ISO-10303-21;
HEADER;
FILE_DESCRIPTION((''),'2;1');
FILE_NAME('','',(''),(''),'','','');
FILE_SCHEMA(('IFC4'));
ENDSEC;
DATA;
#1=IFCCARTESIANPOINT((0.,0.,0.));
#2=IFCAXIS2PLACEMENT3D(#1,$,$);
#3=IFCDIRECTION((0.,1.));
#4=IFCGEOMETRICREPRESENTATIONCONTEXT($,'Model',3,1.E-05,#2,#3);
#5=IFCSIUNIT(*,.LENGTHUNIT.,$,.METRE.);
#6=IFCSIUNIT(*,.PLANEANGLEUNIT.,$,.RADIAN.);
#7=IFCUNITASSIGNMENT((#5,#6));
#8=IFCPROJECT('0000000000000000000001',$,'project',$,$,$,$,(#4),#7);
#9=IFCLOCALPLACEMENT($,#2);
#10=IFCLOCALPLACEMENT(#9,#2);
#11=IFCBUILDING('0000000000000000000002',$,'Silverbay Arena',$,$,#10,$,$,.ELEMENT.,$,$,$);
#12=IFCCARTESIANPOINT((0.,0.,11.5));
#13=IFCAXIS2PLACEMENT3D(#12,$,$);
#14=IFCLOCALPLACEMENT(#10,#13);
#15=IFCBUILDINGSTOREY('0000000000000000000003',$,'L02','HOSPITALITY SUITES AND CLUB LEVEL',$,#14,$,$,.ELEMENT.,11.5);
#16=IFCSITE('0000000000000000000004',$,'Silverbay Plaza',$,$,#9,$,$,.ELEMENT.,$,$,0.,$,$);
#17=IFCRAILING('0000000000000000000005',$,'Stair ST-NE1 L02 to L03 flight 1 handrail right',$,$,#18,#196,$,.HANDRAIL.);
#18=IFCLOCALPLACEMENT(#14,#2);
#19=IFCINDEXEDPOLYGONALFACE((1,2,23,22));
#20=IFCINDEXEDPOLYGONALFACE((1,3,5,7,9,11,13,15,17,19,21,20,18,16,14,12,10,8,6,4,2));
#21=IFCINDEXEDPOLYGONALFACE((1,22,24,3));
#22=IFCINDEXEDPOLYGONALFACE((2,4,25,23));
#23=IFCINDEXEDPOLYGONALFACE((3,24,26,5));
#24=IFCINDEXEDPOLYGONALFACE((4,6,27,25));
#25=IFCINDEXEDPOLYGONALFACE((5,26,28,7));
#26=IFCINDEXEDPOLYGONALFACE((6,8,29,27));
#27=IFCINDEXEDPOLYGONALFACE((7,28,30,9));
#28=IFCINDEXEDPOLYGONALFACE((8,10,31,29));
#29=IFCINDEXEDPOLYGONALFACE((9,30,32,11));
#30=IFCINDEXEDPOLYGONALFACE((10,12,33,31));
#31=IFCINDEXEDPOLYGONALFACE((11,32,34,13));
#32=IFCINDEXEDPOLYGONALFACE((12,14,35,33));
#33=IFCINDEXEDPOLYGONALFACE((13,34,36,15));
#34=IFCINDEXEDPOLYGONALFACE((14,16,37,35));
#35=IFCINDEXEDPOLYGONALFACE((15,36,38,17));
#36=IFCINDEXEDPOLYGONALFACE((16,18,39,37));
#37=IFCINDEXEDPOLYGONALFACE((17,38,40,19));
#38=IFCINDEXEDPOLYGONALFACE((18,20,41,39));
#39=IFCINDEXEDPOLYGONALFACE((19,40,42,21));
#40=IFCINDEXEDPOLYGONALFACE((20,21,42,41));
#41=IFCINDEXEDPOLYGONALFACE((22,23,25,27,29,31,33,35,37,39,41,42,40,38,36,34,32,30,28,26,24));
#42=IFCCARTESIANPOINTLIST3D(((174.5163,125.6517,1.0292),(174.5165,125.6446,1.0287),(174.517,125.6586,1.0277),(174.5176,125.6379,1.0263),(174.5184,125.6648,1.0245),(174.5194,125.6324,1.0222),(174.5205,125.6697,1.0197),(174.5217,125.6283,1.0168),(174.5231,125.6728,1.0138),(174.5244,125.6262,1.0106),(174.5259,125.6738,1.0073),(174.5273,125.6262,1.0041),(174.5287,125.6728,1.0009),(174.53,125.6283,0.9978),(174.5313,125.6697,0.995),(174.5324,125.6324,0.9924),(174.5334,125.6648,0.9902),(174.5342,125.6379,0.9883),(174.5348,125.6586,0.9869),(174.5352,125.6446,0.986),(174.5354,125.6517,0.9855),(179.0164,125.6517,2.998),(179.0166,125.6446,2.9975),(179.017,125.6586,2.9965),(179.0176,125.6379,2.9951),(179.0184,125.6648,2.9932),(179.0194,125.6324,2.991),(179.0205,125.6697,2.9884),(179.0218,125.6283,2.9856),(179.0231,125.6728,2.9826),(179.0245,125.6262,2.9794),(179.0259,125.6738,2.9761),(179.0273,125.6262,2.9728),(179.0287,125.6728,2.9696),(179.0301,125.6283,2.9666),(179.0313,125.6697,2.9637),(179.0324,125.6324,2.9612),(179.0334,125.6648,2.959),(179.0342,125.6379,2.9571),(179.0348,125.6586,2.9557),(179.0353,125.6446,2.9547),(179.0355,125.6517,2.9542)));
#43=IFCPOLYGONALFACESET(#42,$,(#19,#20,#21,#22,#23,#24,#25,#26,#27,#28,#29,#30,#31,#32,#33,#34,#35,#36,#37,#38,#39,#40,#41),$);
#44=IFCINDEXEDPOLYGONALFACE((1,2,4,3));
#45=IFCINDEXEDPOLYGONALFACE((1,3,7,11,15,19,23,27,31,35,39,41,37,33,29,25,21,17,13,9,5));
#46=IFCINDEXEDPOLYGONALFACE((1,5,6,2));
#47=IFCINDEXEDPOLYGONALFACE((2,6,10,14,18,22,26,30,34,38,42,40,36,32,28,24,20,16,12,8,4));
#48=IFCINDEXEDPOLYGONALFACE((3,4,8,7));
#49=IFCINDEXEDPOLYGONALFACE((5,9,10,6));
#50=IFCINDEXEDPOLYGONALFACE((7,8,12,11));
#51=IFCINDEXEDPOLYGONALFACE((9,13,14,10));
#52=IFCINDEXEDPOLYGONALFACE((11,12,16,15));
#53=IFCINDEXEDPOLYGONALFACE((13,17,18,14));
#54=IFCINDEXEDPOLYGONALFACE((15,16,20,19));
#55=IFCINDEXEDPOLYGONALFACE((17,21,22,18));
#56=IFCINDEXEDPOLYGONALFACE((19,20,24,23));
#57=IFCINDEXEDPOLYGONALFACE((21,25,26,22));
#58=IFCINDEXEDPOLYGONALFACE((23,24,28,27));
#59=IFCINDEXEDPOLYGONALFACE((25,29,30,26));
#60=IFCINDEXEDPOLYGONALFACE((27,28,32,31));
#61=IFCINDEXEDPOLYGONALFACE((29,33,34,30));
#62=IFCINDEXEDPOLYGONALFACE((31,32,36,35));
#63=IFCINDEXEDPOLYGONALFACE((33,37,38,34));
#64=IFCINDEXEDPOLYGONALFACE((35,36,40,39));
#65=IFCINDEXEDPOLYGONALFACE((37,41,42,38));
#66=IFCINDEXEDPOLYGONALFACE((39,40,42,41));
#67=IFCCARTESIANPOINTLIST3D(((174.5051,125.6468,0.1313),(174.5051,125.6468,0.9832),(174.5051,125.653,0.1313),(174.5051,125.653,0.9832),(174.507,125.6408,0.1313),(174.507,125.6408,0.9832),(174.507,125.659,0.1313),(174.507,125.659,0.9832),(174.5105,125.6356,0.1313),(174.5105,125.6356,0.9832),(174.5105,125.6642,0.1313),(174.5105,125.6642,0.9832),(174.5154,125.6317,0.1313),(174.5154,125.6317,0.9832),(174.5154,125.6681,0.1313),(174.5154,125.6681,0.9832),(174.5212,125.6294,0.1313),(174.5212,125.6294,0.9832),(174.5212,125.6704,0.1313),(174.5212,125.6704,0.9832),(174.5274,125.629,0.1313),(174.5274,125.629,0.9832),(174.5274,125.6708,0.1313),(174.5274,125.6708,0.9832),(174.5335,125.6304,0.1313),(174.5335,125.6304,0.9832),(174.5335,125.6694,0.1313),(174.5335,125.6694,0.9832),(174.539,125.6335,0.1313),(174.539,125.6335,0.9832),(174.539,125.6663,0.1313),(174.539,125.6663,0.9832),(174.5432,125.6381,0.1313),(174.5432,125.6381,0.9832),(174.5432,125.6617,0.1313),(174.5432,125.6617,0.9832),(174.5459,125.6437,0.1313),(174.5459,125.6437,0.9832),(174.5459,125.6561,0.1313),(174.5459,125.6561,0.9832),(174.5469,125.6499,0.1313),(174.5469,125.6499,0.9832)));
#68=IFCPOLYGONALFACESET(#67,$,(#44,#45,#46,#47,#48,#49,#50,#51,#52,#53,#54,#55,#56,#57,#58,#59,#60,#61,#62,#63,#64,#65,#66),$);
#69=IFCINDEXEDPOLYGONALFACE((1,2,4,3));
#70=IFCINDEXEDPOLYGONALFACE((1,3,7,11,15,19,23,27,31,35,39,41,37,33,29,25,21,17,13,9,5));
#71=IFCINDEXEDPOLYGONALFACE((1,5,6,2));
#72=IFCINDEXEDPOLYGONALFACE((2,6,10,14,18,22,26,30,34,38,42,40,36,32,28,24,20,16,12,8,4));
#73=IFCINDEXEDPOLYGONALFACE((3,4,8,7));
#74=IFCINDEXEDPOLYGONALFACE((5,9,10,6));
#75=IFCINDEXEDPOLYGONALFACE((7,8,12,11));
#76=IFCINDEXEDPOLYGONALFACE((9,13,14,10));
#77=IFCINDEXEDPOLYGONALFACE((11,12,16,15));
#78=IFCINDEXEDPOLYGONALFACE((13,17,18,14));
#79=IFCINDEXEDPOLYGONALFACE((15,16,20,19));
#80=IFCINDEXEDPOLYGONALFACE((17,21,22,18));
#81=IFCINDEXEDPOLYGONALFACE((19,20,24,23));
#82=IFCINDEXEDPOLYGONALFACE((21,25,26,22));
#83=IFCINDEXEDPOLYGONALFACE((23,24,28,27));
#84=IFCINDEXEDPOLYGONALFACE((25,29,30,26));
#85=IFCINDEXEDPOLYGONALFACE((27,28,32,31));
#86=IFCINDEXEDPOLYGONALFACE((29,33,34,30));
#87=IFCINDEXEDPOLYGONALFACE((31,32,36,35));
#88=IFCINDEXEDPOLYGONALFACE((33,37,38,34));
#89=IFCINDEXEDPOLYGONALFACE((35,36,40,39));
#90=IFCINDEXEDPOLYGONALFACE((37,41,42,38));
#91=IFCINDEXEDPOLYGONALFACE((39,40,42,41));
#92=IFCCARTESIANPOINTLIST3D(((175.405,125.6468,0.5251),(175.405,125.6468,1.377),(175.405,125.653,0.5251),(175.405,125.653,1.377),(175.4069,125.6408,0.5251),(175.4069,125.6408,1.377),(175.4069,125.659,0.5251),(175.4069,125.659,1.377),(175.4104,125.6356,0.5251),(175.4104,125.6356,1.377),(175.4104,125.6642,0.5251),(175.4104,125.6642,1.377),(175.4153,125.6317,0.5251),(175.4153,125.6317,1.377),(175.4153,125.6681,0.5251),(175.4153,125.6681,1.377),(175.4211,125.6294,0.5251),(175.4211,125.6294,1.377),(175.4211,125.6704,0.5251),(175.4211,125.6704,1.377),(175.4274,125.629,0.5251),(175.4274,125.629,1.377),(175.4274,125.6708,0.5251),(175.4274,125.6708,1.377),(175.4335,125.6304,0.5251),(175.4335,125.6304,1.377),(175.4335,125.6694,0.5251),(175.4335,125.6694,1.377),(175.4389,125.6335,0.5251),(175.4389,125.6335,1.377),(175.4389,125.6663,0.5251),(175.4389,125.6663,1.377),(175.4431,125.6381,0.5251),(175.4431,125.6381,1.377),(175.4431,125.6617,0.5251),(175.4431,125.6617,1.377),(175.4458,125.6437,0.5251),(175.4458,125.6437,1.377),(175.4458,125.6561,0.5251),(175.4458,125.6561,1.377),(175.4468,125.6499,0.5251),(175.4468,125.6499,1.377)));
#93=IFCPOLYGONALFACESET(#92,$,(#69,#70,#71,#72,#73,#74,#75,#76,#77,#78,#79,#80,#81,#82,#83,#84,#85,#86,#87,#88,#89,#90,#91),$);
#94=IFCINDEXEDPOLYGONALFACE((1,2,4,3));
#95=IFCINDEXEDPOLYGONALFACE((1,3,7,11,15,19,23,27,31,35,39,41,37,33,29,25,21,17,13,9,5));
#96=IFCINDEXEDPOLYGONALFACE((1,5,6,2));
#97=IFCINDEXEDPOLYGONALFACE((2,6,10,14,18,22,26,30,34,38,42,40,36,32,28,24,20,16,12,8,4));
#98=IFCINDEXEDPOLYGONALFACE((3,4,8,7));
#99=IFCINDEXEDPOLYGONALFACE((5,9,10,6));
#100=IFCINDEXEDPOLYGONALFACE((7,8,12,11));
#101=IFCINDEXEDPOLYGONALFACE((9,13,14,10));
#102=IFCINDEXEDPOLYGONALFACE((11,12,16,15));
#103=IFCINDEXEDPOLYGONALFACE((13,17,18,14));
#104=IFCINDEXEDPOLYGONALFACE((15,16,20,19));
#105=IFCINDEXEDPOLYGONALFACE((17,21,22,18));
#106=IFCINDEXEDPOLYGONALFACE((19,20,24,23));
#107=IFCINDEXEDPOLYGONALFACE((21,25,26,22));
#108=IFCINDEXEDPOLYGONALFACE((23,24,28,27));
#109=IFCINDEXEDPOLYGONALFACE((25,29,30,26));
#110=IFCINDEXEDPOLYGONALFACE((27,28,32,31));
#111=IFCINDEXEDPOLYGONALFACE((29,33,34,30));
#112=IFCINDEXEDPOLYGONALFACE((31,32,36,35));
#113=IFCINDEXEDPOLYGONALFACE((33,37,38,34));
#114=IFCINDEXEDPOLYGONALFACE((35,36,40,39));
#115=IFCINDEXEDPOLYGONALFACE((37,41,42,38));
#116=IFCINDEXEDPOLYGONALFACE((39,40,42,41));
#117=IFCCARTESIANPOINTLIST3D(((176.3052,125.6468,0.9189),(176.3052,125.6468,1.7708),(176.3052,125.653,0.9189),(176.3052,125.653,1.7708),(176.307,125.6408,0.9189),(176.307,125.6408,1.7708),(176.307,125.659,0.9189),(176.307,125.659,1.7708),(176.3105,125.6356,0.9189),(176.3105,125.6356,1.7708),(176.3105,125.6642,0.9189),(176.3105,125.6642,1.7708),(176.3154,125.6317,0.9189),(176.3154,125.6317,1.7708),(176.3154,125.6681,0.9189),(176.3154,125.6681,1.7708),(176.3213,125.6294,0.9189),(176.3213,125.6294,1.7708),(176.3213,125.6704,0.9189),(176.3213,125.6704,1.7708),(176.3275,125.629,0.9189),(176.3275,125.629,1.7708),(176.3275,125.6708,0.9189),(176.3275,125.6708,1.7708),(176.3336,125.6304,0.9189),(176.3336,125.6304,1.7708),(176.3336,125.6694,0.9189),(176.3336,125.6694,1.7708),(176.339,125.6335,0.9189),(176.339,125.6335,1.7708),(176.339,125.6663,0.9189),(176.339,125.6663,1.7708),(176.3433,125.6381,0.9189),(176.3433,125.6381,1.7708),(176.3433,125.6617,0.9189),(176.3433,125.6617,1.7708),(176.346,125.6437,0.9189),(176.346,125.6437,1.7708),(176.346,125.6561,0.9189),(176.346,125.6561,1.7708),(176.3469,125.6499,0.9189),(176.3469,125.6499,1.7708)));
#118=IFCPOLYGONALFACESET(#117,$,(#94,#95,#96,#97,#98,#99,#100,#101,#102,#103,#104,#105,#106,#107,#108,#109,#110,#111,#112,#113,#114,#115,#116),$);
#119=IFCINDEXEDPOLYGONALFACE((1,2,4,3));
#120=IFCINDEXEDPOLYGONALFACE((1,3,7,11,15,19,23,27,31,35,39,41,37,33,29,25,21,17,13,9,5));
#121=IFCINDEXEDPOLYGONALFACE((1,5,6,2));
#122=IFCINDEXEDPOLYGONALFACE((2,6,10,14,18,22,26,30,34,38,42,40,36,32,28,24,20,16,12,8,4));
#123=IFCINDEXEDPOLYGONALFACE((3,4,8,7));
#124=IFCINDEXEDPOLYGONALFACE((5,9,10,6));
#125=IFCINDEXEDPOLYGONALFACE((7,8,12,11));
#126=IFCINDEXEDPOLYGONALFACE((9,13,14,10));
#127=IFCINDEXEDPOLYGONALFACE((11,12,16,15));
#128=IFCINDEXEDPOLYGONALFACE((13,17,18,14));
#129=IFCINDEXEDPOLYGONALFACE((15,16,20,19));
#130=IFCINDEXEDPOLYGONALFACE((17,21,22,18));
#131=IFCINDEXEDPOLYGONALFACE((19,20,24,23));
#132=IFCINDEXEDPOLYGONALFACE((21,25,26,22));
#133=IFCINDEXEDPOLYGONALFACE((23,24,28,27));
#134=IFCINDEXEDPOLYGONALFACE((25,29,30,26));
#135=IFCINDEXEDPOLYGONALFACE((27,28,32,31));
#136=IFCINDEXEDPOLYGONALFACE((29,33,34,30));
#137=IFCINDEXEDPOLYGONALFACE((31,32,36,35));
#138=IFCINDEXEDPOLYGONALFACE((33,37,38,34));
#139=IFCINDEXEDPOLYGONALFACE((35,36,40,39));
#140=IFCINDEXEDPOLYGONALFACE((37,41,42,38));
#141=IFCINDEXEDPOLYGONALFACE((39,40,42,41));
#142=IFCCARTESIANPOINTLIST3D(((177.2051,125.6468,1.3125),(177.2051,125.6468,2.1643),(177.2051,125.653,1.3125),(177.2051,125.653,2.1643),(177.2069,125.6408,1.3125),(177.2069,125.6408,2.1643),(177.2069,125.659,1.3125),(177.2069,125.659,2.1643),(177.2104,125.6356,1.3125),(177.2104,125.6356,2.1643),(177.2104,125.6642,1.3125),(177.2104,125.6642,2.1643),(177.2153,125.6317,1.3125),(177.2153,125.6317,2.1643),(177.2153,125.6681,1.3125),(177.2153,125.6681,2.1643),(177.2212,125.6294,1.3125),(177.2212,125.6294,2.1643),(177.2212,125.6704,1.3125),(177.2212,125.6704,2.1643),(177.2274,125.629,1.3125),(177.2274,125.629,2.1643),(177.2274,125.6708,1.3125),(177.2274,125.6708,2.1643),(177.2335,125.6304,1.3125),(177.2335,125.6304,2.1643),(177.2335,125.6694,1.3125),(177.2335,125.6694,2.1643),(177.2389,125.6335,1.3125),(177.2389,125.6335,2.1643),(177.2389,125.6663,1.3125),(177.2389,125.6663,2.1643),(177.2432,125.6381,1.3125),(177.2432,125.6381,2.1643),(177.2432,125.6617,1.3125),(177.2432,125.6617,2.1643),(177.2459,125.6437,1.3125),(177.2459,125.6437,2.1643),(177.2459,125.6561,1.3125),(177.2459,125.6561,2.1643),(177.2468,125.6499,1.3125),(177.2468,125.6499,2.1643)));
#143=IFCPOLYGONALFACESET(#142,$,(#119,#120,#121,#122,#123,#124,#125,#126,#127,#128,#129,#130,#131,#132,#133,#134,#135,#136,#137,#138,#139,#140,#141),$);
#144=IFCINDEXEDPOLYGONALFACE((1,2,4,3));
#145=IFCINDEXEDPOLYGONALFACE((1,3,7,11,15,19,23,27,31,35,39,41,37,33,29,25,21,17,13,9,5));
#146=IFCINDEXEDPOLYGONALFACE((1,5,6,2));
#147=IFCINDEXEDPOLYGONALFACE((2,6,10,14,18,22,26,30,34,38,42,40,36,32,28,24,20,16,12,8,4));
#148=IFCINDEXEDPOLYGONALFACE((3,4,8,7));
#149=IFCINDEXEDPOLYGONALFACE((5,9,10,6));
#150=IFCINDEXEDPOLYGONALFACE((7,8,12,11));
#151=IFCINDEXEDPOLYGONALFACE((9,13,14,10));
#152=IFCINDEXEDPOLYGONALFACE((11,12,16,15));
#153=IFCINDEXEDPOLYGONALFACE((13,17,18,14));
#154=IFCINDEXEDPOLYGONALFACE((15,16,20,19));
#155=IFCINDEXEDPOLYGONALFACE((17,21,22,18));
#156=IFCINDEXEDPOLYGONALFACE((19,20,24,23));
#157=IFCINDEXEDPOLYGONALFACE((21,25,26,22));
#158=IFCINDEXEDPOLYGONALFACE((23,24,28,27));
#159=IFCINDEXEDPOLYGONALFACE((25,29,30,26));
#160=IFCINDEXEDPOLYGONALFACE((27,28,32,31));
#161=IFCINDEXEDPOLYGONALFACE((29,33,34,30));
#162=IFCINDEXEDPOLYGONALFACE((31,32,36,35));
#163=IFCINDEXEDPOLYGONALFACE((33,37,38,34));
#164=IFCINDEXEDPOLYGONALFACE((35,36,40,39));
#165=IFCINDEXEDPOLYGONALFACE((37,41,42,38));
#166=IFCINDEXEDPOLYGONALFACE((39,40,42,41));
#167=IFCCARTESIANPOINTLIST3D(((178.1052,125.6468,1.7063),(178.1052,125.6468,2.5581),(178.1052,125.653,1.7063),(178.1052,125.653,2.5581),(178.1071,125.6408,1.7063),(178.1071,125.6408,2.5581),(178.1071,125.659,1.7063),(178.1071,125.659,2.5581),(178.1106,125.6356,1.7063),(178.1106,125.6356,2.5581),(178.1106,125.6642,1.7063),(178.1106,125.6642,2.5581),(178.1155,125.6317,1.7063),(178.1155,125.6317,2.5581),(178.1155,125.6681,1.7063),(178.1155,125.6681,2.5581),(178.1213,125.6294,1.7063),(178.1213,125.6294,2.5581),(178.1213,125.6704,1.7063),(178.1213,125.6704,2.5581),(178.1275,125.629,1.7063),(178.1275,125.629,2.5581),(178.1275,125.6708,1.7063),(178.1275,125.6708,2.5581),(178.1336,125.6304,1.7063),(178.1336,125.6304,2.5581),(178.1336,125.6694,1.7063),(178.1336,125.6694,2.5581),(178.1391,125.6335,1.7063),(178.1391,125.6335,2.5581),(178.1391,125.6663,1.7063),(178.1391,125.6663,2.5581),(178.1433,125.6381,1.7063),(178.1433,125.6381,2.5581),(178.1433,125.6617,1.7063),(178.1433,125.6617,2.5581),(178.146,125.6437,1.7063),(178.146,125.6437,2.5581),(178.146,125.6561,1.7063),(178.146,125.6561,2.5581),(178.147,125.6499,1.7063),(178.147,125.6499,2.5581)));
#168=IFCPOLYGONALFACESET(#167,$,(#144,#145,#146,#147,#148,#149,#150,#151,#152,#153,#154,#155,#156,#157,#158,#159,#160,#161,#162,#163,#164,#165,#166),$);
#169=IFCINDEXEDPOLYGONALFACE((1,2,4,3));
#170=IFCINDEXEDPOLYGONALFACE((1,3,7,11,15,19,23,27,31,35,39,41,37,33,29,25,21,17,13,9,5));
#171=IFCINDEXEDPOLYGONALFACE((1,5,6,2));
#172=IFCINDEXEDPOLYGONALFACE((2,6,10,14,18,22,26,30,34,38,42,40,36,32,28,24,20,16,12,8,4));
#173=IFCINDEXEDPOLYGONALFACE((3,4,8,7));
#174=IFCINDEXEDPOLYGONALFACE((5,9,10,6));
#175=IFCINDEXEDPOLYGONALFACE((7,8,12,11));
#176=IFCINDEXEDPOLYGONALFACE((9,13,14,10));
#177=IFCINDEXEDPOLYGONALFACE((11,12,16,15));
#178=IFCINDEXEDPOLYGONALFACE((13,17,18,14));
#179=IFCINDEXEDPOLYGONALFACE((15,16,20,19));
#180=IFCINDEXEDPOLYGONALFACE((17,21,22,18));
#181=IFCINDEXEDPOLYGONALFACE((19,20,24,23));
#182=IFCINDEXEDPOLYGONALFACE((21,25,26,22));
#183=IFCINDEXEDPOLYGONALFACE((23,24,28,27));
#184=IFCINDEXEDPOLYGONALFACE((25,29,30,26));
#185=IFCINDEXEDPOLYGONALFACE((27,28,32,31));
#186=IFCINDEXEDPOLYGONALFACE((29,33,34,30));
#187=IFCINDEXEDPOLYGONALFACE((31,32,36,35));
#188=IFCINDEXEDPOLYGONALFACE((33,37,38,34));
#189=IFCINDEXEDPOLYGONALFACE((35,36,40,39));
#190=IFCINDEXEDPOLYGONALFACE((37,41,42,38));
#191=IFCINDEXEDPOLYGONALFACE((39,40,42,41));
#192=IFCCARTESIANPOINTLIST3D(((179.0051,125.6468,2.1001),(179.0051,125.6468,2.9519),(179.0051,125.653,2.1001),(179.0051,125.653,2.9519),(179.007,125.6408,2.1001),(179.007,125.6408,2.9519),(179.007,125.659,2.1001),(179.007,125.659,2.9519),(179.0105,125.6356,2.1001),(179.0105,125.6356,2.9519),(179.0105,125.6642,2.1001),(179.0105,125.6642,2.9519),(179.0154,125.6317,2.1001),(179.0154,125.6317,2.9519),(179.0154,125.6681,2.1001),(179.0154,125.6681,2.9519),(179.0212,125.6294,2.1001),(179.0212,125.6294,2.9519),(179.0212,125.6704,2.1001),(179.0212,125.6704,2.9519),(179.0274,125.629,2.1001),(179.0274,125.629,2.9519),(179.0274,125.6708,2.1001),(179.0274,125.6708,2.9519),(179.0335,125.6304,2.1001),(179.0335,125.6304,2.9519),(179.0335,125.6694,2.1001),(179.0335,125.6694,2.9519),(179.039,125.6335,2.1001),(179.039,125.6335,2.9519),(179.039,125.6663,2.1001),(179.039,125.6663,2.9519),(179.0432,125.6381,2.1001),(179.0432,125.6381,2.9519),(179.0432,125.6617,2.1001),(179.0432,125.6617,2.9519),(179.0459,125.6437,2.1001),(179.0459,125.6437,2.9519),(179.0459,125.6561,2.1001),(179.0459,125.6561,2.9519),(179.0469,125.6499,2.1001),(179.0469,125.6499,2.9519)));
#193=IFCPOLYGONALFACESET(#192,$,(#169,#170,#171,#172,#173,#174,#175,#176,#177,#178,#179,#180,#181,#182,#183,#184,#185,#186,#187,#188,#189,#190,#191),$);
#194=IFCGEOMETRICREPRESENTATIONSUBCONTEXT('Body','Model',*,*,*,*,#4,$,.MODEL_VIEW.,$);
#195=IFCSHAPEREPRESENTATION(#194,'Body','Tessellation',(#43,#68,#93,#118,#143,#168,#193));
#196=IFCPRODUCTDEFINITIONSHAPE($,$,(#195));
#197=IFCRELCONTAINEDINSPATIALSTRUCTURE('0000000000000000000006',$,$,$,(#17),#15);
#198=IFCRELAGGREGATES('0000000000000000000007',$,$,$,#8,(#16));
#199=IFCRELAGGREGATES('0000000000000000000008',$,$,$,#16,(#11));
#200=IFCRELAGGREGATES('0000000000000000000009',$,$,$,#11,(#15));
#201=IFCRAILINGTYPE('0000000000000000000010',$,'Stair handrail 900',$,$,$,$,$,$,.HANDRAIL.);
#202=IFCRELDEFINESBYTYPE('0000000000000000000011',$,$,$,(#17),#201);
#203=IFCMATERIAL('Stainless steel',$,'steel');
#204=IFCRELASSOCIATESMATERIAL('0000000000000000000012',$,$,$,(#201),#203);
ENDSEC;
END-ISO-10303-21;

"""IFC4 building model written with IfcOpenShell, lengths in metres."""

from ifc_helpers import new_model, si_unit, direction, frame, origin, origin_2d, place, context, subcontext, project, spatial, circle, extrude, material, type_object, element, save


model = new_model("IFC4")

# Units and contexts
model_context = context("Model", 3, precision=1e-05, world=origin(), true_north=direction((0.0, 1.0)))
body_context = subcontext(model_context, "Body", "Model", "MODEL_VIEW")
ifc_project = project(units=[si_unit("LENGTHUNIT", "METRE"), si_unit("PLANEANGLEUNIT", "RADIAN")], contexts=[model_context])

# Site, building, storey
site_placement = place(None, origin())
site = spatial("IfcSite", under=ifc_project, at=site_placement, Name="Silverbay Plaza", CompositionType="ELEMENT", RefElevation=0.0)
building_placement = place(site_placement, origin())
building = spatial("IfcBuilding", under=site, at=building_placement, Name="Silverbay Arena", CompositionType="ELEMENT")
storey_placement = place(building_placement, frame((0.0, 0.0, 11.5)))
storey = spatial("IfcBuildingStorey", under=building, at=storey_placement, Name="L02", Description="HOSPITALITY SUITES AND CLUB LEVEL", CompositionType="ELEMENT", Elevation=11.5)

# Railing
ifc_material_1 = material(Name="Stainless steel", Category="steel")
railing_type_1 = type_object("IfcRailingType", Name="Stair handrail 900", PredefinedType="HANDRAIL", material=ifc_material_1)
for number, where, name in (
    (1, (174.5259, 125.6499, 0.1313), "Stair ST-NE1 L02 to L03 flight 1 handrail right"),
):
    element("IfcRailing", number, at=place(storey_placement, frame(where)), inside=storey, type_object=railing_type_1, Name=name, PredefinedType="HANDRAIL", context=body_context, shape_type="SweptSolid", body=[
        extrude(circle(Radius=0.0239, at=origin_2d()), frame((0.0, 0.0, 0.876), z_axis=(0.916157, 0.0, 0.400819), x_axis=(0.0, 1.0, 0.0)), (0.0, 0.0, 1.0), 4.9119),
        extrude(circle(Radius=0.021, at=origin_2d()), origin(), (0.0, 0.0, 1.0), 0.8518),
        extrude(circle(Radius=0.021, at=origin_2d()), frame((0.8999, 0.0, 0.3938)), (0.0, 0.0, 1.0), 0.8518),
        extrude(circle(Radius=0.021, at=origin_2d()), frame((1.8, 0.0, 0.7876)), (0.0, 0.0, 1.0), 0.8518),
        extrude(circle(Radius=0.021, at=origin_2d()), frame((2.7, 0.0, 1.1812)), (0.0, 0.0, 1.0), 0.8518),
        extrude(circle(Radius=0.021, at=origin_2d()), frame((3.6001, 0.0, 1.575)), (0.0, 0.0, 1.0), 0.8518),
        extrude(circle(Radius=0.021, at=origin_2d()), frame((4.5, 0.0, 1.9688)), (0.0, 0.0, 1.0), 0.8518),
    ])

save(model, "model.ifc")
